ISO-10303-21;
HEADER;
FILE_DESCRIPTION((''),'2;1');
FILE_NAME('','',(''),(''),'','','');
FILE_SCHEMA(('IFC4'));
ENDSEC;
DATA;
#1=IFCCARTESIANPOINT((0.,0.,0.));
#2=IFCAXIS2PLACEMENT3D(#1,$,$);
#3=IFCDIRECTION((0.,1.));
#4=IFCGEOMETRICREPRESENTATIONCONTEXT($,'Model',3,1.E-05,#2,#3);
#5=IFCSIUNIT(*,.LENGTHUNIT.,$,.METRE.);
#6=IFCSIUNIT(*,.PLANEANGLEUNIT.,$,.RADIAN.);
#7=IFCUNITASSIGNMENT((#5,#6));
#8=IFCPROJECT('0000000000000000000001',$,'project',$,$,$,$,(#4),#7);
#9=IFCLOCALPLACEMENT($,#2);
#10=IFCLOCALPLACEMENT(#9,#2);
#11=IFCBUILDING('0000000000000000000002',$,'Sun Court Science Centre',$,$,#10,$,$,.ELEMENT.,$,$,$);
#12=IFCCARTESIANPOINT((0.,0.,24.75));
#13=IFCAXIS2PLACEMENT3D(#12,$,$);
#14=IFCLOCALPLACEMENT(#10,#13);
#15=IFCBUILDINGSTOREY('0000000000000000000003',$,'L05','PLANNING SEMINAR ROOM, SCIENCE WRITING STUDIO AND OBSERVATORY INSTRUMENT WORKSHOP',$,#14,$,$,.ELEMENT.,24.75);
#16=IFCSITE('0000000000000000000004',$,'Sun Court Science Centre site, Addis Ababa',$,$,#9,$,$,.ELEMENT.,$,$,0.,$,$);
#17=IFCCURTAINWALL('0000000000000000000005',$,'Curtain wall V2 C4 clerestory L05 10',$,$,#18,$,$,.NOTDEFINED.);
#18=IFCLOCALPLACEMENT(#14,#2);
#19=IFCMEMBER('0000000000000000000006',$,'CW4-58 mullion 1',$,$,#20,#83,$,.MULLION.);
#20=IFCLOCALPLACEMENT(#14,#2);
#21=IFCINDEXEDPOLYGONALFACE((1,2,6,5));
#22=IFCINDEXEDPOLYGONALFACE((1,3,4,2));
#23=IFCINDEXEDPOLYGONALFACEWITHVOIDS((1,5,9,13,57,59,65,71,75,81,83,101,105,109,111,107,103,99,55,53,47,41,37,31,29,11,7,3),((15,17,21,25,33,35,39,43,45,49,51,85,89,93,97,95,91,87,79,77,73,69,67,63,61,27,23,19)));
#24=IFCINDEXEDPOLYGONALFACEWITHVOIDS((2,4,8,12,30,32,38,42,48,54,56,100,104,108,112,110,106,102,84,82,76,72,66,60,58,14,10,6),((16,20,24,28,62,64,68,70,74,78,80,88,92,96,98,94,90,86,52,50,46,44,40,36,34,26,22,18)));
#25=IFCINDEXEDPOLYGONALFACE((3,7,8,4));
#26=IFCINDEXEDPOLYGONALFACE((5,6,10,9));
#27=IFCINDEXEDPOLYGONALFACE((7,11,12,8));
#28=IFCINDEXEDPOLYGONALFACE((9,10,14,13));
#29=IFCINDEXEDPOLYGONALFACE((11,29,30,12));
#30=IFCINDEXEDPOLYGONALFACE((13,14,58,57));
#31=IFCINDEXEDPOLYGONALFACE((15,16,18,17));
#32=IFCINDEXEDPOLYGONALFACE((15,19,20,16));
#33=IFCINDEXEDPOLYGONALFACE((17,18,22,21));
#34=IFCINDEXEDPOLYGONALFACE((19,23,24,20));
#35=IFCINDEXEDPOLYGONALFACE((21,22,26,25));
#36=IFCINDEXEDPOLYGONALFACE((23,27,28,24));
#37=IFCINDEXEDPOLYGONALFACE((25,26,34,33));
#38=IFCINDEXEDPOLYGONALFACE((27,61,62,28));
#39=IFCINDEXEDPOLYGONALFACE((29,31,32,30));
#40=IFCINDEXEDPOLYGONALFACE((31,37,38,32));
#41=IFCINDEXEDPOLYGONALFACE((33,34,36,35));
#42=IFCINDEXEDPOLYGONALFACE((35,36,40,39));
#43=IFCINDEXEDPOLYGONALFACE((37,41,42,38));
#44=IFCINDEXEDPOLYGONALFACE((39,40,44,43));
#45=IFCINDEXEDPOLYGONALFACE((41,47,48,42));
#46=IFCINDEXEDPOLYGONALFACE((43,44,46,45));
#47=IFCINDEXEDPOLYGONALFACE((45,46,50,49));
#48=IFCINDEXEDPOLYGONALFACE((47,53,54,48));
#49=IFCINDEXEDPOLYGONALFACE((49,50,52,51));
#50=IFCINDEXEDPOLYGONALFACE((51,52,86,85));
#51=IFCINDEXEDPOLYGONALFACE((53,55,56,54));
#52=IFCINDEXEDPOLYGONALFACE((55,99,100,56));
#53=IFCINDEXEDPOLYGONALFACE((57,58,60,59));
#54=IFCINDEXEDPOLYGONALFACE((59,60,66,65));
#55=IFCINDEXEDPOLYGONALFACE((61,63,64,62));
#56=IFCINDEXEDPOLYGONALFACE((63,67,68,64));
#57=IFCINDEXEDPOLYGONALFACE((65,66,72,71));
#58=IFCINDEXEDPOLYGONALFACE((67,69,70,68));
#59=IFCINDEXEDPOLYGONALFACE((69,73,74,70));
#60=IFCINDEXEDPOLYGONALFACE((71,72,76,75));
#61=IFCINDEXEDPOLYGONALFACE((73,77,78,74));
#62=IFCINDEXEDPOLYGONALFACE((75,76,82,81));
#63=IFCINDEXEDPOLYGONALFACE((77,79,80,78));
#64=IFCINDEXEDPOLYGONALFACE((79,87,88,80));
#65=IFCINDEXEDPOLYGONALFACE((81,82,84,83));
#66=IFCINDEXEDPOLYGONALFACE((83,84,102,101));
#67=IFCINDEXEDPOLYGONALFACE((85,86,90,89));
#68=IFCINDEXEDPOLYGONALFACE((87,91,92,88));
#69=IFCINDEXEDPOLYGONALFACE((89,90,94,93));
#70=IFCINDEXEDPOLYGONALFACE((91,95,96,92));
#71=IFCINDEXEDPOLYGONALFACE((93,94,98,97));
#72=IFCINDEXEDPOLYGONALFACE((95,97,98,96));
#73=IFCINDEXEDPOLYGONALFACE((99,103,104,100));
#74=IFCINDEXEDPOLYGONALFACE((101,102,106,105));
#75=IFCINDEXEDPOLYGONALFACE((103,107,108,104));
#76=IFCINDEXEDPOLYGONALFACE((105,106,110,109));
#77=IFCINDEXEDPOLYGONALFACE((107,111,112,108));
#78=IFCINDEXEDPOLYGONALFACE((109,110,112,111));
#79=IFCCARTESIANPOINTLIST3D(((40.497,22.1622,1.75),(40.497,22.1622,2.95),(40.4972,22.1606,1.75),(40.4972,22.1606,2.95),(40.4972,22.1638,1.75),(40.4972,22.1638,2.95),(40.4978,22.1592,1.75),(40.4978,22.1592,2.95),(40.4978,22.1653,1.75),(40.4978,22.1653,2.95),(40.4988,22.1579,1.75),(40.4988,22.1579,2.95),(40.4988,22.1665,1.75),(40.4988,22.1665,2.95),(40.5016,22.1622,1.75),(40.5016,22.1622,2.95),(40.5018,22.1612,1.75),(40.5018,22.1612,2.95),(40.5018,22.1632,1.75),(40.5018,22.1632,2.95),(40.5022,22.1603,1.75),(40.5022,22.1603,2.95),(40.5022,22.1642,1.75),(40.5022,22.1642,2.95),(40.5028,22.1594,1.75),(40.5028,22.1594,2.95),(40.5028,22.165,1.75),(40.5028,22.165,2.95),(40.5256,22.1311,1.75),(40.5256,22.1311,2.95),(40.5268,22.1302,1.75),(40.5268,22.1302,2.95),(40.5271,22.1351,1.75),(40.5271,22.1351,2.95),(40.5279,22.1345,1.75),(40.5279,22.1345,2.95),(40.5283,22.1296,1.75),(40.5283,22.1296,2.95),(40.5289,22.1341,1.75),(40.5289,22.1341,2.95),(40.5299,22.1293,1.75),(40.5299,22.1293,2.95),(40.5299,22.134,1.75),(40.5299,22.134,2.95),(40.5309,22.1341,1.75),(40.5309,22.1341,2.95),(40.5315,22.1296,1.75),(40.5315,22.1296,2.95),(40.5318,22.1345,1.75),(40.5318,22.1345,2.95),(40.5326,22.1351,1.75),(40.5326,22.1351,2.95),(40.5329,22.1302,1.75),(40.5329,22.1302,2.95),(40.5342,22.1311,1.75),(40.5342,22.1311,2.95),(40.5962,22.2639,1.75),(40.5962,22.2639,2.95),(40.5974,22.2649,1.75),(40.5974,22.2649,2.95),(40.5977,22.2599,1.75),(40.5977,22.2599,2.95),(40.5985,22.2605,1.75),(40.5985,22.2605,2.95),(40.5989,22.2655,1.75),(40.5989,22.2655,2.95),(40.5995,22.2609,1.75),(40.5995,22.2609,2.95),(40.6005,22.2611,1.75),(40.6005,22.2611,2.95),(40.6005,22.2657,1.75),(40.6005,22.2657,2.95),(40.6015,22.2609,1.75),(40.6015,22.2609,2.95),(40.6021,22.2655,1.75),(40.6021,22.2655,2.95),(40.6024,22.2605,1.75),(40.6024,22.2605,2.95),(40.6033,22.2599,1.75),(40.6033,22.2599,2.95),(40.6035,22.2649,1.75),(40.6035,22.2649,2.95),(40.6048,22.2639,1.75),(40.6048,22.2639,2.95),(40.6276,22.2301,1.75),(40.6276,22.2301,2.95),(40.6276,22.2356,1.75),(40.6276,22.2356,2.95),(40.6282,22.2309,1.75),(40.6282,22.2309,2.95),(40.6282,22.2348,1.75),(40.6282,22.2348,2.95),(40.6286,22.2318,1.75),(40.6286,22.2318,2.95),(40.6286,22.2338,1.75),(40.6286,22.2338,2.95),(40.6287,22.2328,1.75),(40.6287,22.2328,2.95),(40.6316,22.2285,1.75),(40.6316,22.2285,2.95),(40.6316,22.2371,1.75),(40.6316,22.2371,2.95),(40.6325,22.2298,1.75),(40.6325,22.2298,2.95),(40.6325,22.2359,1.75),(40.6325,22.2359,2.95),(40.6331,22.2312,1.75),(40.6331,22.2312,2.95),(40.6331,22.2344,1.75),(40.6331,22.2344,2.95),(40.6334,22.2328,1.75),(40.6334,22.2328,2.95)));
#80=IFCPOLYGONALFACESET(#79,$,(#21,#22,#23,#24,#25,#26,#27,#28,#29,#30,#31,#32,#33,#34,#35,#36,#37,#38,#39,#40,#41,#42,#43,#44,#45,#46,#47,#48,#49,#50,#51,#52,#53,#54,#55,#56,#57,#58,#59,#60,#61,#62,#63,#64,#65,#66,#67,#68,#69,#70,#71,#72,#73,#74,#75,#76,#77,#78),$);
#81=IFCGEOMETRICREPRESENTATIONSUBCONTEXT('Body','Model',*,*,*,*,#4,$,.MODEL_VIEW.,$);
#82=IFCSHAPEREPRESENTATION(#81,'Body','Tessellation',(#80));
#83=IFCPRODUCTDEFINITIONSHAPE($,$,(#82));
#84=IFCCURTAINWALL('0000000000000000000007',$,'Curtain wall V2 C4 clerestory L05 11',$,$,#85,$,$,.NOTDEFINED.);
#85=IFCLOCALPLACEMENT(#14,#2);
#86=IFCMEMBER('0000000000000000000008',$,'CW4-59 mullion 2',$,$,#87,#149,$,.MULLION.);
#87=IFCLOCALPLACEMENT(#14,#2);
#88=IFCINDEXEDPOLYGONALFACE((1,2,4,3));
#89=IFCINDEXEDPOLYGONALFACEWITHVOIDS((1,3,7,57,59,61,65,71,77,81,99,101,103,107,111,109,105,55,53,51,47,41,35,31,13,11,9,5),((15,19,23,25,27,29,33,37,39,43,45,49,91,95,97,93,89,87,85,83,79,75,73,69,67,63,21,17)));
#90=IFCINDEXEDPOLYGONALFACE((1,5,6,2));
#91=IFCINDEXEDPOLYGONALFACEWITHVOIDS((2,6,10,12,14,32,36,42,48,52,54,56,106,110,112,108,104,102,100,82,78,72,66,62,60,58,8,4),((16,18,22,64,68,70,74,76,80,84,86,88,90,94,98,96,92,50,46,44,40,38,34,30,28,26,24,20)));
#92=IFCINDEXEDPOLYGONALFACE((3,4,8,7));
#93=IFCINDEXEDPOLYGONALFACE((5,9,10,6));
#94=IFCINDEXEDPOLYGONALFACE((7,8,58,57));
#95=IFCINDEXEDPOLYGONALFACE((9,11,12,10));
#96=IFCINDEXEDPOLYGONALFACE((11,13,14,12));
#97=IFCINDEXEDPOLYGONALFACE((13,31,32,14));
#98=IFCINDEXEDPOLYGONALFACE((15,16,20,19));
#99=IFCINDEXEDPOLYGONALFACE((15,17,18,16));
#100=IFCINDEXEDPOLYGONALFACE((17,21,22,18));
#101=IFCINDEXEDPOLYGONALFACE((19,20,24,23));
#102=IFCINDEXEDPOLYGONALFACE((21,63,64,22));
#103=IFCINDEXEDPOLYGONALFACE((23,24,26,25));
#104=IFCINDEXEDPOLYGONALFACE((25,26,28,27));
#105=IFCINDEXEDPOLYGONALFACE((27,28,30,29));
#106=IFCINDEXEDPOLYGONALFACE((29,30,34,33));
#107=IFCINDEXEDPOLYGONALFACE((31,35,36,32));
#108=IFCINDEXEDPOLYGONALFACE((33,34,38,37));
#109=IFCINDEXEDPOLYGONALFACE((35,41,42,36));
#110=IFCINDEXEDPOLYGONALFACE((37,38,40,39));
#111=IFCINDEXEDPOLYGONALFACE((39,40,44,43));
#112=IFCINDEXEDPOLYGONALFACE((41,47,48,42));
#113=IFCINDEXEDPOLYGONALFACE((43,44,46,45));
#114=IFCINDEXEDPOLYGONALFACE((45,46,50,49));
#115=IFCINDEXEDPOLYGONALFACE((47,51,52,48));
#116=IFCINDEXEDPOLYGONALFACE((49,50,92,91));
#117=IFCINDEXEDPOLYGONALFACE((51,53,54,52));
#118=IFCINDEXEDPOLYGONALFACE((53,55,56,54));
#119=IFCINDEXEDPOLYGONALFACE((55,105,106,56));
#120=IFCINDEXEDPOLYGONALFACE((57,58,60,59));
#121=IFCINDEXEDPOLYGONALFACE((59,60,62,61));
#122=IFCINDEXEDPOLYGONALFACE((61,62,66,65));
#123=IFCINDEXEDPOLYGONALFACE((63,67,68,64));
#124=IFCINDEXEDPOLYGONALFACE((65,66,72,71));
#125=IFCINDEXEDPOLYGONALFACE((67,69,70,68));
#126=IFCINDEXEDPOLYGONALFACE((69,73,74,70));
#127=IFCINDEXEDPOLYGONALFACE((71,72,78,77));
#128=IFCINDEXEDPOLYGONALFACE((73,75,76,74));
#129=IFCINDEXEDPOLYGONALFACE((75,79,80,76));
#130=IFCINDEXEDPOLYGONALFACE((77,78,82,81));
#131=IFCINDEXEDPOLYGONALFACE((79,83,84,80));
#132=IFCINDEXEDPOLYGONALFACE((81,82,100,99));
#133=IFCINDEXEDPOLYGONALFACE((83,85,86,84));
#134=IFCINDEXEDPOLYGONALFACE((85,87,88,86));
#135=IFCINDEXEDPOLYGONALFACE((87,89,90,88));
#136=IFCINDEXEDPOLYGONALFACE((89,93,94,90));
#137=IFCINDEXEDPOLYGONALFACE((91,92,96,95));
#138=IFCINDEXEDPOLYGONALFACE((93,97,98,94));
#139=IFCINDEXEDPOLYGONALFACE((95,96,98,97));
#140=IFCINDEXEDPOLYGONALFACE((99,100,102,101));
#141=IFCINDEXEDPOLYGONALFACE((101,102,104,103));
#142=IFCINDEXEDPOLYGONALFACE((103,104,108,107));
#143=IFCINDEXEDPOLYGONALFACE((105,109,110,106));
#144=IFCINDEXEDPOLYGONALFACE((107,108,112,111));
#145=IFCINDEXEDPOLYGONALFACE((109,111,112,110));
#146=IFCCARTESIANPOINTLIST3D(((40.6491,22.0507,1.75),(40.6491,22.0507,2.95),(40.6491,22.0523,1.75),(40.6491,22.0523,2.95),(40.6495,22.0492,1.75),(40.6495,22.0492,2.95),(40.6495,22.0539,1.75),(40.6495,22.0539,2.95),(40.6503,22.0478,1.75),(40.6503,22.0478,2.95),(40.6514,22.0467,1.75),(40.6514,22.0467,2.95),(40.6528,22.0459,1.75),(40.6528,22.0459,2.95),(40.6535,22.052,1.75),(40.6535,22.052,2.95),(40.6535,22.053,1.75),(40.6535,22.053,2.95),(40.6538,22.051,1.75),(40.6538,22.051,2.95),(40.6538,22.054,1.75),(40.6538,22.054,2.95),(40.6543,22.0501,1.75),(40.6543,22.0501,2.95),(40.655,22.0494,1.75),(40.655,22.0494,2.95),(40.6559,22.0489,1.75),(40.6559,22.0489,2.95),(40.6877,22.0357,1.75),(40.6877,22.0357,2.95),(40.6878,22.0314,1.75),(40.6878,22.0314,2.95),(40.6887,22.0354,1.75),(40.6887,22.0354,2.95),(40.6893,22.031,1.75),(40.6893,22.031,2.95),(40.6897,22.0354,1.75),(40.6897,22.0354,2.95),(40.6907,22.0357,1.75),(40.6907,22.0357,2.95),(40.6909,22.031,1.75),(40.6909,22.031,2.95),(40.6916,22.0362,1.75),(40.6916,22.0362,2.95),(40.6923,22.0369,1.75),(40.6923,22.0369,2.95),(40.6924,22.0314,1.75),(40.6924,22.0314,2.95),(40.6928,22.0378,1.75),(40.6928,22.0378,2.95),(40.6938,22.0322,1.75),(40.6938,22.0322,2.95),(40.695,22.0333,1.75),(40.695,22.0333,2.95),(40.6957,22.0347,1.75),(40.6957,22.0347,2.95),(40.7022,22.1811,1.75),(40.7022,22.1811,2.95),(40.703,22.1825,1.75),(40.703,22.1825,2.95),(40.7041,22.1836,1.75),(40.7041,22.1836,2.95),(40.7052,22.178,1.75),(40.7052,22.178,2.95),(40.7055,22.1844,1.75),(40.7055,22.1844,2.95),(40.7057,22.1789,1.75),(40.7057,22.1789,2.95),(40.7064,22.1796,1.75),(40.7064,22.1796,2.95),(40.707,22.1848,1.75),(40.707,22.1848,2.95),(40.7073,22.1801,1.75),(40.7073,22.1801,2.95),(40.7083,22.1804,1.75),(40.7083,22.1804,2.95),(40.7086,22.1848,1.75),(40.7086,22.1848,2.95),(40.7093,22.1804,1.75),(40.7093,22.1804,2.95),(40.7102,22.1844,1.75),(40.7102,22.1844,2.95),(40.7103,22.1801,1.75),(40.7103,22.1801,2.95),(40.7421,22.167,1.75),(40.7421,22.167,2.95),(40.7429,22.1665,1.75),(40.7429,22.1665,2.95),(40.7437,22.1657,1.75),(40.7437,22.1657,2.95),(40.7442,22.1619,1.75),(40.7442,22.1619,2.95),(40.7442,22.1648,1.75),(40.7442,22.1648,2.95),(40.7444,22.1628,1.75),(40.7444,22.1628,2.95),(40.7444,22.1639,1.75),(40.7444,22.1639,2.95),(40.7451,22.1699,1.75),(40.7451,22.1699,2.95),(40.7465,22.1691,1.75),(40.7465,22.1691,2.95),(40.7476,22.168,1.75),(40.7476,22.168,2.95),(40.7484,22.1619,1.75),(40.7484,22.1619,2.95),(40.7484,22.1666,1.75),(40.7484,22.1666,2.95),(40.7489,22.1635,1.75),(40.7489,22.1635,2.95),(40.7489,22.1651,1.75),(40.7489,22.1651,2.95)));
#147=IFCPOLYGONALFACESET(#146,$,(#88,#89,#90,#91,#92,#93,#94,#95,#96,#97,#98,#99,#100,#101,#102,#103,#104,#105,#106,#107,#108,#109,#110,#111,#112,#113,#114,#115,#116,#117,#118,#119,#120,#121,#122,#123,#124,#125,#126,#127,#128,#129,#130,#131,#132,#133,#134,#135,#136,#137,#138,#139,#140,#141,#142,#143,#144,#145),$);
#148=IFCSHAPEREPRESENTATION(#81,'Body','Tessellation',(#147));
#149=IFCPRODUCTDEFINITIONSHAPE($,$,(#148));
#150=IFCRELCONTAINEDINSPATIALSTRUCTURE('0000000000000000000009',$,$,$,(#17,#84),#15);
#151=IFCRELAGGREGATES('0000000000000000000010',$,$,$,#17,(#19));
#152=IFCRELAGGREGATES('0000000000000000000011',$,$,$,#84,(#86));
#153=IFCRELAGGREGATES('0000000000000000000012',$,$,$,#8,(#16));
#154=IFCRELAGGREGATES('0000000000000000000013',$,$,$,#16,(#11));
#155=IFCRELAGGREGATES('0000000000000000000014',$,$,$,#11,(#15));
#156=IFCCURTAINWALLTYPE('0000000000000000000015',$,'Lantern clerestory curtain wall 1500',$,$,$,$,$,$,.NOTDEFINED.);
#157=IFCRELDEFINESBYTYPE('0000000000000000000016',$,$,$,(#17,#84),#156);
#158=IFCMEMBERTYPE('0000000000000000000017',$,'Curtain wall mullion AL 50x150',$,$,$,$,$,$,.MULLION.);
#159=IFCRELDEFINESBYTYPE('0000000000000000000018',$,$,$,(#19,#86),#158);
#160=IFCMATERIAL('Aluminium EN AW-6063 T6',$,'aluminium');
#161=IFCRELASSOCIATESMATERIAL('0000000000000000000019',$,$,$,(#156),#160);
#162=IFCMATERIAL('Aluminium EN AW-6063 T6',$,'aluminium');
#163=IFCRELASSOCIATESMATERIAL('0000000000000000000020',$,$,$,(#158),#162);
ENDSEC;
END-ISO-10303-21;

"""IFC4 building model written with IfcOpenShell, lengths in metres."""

from ifc_helpers import new_model, si_unit, direction, frame, origin, origin_2d, place, context, subcontext, project, spatial, hollow_rectangle, extrude, material, material_profile, profile_set, type_object, element, aggregate, save


model = new_model("IFC4")

# Units and contexts
model_context = context("Model", 3, precision=1e-05, world=origin(), true_north=direction((0.0, 1.0)))
body_context = subcontext(model_context, "Body", "Model", "MODEL_VIEW")
ifc_project = project(units=[si_unit("LENGTHUNIT", "METRE"), si_unit("PLANEANGLEUNIT", "RADIAN")], contexts=[model_context])

# Site, building, storey
site_placement = place(None, origin())
site = spatial("IfcSite", under=ifc_project, at=site_placement, Name="Sun Court Science Centre site, Addis Ababa", CompositionType="ELEMENT", RefElevation=0.0)
building_placement = place(site_placement, origin())
building = spatial("IfcBuilding", under=site, at=building_placement, Name="Sun Court Science Centre", CompositionType="ELEMENT")
storey_placement = place(building_placement, frame((0.0, 0.0, 24.75)))
storey = spatial("IfcBuildingStorey", under=building, at=storey_placement, Name="L05", Description="PLANNING SEMINAR ROOM, SCIENCE WRITING STUDIO AND OBSERVATORY INSTRUMENT WORKSHOP", CompositionType="ELEMENT", Elevation=24.75)

# Shared definitions
ifc_material_1 = material(Name="Aluminium EN AW-6063 T6", Category="aluminium")
curtain_wall_type = type_object("IfcCurtainWallType", Name="Lantern clerestory curtain wall 1500", PredefinedType="NOTDEFINED", material=ifc_material_1)
ifc_material_2 = material(Name="Aluminium EN AW-6063 T6", Category="aluminium")
ifc_material_profile_1 = material_profile(ifc_material_2, hollow_rectangle(XDim=0.05, YDim=0.1499, WallThickness=0.0039, InnerFilletRadius=0.0039, OuterFilletRadius=0.0061, at=origin_2d()), Name="AL 50x150x4")
ifc_profile_set_1 = profile_set([ifc_material_profile_1], Name="Aluminium EN AW-6063 T6")
member_type_1 = type_object("IfcMemberType", Name="Curtain wall mullion AL 50x150", PredefinedType="MULLION", material=ifc_profile_set_1)

# Curtain walls, members
curtain_wall_1_placement = place(storey_placement, origin())
curtain_wall_1 = element("IfcCurtainWall", 1, at=curtain_wall_1_placement, inside=storey, type_object=curtain_wall_type, Name="Curtain wall V2 C4 clerestory L05 10", PredefinedType="NOTDEFINED")
member_1_placement = place(storey_placement, frame((40.5652, 22.1975, 1.75), z_axis=(0.0, 0.0, 1.0), x_axis=(-0.707107, 0.707107, 0.0)))
member_1 = element("IfcMember", 2, at=member_1_placement, type_object=member_type_1, Name="CW4-58 mullion 1", PredefinedType="MULLION", context=body_context, shape_type="SweptSolid", body=[
    extrude(hollow_rectangle(XDim=0.05, YDim=0.1499, WallThickness=0.0039, InnerFilletRadius=0.0039, OuterFilletRadius=0.0061, at=origin_2d()), origin(), (0.0, 0.0, 1.0), 1.2),
])
curtain_wall_2_placement = place(storey_placement, origin())
curtain_wall_2 = element("IfcCurtainWall", 3, at=curtain_wall_2_placement, inside=storey, type_object=curtain_wall_type, Name="Curtain wall V2 C4 clerestory L05 11", PredefinedType="NOTDEFINED")
member_2_placement = place(storey_placement, frame((40.699, 22.1079, 1.75), z_axis=(0.0, 0.0, 1.0), x_axis=(-0.92388, 0.382683, 0.0)))
member_2 = element("IfcMember", 4, at=member_2_placement, type_object=member_type_1, Name="CW4-59 mullion 2", PredefinedType="MULLION", context=body_context, shape_type="SweptSolid", body=[
    extrude(hollow_rectangle(XDim=0.05, YDim=0.1499, WallThickness=0.0039, InnerFilletRadius=0.0039, OuterFilletRadius=0.0061, at=origin_2d()), origin(), (0.0, 0.0, 1.0), 1.2),
])

aggregate(curtain_wall_1, [member_1])
aggregate(curtain_wall_2, [member_2])

save(model, "model.ifc")
